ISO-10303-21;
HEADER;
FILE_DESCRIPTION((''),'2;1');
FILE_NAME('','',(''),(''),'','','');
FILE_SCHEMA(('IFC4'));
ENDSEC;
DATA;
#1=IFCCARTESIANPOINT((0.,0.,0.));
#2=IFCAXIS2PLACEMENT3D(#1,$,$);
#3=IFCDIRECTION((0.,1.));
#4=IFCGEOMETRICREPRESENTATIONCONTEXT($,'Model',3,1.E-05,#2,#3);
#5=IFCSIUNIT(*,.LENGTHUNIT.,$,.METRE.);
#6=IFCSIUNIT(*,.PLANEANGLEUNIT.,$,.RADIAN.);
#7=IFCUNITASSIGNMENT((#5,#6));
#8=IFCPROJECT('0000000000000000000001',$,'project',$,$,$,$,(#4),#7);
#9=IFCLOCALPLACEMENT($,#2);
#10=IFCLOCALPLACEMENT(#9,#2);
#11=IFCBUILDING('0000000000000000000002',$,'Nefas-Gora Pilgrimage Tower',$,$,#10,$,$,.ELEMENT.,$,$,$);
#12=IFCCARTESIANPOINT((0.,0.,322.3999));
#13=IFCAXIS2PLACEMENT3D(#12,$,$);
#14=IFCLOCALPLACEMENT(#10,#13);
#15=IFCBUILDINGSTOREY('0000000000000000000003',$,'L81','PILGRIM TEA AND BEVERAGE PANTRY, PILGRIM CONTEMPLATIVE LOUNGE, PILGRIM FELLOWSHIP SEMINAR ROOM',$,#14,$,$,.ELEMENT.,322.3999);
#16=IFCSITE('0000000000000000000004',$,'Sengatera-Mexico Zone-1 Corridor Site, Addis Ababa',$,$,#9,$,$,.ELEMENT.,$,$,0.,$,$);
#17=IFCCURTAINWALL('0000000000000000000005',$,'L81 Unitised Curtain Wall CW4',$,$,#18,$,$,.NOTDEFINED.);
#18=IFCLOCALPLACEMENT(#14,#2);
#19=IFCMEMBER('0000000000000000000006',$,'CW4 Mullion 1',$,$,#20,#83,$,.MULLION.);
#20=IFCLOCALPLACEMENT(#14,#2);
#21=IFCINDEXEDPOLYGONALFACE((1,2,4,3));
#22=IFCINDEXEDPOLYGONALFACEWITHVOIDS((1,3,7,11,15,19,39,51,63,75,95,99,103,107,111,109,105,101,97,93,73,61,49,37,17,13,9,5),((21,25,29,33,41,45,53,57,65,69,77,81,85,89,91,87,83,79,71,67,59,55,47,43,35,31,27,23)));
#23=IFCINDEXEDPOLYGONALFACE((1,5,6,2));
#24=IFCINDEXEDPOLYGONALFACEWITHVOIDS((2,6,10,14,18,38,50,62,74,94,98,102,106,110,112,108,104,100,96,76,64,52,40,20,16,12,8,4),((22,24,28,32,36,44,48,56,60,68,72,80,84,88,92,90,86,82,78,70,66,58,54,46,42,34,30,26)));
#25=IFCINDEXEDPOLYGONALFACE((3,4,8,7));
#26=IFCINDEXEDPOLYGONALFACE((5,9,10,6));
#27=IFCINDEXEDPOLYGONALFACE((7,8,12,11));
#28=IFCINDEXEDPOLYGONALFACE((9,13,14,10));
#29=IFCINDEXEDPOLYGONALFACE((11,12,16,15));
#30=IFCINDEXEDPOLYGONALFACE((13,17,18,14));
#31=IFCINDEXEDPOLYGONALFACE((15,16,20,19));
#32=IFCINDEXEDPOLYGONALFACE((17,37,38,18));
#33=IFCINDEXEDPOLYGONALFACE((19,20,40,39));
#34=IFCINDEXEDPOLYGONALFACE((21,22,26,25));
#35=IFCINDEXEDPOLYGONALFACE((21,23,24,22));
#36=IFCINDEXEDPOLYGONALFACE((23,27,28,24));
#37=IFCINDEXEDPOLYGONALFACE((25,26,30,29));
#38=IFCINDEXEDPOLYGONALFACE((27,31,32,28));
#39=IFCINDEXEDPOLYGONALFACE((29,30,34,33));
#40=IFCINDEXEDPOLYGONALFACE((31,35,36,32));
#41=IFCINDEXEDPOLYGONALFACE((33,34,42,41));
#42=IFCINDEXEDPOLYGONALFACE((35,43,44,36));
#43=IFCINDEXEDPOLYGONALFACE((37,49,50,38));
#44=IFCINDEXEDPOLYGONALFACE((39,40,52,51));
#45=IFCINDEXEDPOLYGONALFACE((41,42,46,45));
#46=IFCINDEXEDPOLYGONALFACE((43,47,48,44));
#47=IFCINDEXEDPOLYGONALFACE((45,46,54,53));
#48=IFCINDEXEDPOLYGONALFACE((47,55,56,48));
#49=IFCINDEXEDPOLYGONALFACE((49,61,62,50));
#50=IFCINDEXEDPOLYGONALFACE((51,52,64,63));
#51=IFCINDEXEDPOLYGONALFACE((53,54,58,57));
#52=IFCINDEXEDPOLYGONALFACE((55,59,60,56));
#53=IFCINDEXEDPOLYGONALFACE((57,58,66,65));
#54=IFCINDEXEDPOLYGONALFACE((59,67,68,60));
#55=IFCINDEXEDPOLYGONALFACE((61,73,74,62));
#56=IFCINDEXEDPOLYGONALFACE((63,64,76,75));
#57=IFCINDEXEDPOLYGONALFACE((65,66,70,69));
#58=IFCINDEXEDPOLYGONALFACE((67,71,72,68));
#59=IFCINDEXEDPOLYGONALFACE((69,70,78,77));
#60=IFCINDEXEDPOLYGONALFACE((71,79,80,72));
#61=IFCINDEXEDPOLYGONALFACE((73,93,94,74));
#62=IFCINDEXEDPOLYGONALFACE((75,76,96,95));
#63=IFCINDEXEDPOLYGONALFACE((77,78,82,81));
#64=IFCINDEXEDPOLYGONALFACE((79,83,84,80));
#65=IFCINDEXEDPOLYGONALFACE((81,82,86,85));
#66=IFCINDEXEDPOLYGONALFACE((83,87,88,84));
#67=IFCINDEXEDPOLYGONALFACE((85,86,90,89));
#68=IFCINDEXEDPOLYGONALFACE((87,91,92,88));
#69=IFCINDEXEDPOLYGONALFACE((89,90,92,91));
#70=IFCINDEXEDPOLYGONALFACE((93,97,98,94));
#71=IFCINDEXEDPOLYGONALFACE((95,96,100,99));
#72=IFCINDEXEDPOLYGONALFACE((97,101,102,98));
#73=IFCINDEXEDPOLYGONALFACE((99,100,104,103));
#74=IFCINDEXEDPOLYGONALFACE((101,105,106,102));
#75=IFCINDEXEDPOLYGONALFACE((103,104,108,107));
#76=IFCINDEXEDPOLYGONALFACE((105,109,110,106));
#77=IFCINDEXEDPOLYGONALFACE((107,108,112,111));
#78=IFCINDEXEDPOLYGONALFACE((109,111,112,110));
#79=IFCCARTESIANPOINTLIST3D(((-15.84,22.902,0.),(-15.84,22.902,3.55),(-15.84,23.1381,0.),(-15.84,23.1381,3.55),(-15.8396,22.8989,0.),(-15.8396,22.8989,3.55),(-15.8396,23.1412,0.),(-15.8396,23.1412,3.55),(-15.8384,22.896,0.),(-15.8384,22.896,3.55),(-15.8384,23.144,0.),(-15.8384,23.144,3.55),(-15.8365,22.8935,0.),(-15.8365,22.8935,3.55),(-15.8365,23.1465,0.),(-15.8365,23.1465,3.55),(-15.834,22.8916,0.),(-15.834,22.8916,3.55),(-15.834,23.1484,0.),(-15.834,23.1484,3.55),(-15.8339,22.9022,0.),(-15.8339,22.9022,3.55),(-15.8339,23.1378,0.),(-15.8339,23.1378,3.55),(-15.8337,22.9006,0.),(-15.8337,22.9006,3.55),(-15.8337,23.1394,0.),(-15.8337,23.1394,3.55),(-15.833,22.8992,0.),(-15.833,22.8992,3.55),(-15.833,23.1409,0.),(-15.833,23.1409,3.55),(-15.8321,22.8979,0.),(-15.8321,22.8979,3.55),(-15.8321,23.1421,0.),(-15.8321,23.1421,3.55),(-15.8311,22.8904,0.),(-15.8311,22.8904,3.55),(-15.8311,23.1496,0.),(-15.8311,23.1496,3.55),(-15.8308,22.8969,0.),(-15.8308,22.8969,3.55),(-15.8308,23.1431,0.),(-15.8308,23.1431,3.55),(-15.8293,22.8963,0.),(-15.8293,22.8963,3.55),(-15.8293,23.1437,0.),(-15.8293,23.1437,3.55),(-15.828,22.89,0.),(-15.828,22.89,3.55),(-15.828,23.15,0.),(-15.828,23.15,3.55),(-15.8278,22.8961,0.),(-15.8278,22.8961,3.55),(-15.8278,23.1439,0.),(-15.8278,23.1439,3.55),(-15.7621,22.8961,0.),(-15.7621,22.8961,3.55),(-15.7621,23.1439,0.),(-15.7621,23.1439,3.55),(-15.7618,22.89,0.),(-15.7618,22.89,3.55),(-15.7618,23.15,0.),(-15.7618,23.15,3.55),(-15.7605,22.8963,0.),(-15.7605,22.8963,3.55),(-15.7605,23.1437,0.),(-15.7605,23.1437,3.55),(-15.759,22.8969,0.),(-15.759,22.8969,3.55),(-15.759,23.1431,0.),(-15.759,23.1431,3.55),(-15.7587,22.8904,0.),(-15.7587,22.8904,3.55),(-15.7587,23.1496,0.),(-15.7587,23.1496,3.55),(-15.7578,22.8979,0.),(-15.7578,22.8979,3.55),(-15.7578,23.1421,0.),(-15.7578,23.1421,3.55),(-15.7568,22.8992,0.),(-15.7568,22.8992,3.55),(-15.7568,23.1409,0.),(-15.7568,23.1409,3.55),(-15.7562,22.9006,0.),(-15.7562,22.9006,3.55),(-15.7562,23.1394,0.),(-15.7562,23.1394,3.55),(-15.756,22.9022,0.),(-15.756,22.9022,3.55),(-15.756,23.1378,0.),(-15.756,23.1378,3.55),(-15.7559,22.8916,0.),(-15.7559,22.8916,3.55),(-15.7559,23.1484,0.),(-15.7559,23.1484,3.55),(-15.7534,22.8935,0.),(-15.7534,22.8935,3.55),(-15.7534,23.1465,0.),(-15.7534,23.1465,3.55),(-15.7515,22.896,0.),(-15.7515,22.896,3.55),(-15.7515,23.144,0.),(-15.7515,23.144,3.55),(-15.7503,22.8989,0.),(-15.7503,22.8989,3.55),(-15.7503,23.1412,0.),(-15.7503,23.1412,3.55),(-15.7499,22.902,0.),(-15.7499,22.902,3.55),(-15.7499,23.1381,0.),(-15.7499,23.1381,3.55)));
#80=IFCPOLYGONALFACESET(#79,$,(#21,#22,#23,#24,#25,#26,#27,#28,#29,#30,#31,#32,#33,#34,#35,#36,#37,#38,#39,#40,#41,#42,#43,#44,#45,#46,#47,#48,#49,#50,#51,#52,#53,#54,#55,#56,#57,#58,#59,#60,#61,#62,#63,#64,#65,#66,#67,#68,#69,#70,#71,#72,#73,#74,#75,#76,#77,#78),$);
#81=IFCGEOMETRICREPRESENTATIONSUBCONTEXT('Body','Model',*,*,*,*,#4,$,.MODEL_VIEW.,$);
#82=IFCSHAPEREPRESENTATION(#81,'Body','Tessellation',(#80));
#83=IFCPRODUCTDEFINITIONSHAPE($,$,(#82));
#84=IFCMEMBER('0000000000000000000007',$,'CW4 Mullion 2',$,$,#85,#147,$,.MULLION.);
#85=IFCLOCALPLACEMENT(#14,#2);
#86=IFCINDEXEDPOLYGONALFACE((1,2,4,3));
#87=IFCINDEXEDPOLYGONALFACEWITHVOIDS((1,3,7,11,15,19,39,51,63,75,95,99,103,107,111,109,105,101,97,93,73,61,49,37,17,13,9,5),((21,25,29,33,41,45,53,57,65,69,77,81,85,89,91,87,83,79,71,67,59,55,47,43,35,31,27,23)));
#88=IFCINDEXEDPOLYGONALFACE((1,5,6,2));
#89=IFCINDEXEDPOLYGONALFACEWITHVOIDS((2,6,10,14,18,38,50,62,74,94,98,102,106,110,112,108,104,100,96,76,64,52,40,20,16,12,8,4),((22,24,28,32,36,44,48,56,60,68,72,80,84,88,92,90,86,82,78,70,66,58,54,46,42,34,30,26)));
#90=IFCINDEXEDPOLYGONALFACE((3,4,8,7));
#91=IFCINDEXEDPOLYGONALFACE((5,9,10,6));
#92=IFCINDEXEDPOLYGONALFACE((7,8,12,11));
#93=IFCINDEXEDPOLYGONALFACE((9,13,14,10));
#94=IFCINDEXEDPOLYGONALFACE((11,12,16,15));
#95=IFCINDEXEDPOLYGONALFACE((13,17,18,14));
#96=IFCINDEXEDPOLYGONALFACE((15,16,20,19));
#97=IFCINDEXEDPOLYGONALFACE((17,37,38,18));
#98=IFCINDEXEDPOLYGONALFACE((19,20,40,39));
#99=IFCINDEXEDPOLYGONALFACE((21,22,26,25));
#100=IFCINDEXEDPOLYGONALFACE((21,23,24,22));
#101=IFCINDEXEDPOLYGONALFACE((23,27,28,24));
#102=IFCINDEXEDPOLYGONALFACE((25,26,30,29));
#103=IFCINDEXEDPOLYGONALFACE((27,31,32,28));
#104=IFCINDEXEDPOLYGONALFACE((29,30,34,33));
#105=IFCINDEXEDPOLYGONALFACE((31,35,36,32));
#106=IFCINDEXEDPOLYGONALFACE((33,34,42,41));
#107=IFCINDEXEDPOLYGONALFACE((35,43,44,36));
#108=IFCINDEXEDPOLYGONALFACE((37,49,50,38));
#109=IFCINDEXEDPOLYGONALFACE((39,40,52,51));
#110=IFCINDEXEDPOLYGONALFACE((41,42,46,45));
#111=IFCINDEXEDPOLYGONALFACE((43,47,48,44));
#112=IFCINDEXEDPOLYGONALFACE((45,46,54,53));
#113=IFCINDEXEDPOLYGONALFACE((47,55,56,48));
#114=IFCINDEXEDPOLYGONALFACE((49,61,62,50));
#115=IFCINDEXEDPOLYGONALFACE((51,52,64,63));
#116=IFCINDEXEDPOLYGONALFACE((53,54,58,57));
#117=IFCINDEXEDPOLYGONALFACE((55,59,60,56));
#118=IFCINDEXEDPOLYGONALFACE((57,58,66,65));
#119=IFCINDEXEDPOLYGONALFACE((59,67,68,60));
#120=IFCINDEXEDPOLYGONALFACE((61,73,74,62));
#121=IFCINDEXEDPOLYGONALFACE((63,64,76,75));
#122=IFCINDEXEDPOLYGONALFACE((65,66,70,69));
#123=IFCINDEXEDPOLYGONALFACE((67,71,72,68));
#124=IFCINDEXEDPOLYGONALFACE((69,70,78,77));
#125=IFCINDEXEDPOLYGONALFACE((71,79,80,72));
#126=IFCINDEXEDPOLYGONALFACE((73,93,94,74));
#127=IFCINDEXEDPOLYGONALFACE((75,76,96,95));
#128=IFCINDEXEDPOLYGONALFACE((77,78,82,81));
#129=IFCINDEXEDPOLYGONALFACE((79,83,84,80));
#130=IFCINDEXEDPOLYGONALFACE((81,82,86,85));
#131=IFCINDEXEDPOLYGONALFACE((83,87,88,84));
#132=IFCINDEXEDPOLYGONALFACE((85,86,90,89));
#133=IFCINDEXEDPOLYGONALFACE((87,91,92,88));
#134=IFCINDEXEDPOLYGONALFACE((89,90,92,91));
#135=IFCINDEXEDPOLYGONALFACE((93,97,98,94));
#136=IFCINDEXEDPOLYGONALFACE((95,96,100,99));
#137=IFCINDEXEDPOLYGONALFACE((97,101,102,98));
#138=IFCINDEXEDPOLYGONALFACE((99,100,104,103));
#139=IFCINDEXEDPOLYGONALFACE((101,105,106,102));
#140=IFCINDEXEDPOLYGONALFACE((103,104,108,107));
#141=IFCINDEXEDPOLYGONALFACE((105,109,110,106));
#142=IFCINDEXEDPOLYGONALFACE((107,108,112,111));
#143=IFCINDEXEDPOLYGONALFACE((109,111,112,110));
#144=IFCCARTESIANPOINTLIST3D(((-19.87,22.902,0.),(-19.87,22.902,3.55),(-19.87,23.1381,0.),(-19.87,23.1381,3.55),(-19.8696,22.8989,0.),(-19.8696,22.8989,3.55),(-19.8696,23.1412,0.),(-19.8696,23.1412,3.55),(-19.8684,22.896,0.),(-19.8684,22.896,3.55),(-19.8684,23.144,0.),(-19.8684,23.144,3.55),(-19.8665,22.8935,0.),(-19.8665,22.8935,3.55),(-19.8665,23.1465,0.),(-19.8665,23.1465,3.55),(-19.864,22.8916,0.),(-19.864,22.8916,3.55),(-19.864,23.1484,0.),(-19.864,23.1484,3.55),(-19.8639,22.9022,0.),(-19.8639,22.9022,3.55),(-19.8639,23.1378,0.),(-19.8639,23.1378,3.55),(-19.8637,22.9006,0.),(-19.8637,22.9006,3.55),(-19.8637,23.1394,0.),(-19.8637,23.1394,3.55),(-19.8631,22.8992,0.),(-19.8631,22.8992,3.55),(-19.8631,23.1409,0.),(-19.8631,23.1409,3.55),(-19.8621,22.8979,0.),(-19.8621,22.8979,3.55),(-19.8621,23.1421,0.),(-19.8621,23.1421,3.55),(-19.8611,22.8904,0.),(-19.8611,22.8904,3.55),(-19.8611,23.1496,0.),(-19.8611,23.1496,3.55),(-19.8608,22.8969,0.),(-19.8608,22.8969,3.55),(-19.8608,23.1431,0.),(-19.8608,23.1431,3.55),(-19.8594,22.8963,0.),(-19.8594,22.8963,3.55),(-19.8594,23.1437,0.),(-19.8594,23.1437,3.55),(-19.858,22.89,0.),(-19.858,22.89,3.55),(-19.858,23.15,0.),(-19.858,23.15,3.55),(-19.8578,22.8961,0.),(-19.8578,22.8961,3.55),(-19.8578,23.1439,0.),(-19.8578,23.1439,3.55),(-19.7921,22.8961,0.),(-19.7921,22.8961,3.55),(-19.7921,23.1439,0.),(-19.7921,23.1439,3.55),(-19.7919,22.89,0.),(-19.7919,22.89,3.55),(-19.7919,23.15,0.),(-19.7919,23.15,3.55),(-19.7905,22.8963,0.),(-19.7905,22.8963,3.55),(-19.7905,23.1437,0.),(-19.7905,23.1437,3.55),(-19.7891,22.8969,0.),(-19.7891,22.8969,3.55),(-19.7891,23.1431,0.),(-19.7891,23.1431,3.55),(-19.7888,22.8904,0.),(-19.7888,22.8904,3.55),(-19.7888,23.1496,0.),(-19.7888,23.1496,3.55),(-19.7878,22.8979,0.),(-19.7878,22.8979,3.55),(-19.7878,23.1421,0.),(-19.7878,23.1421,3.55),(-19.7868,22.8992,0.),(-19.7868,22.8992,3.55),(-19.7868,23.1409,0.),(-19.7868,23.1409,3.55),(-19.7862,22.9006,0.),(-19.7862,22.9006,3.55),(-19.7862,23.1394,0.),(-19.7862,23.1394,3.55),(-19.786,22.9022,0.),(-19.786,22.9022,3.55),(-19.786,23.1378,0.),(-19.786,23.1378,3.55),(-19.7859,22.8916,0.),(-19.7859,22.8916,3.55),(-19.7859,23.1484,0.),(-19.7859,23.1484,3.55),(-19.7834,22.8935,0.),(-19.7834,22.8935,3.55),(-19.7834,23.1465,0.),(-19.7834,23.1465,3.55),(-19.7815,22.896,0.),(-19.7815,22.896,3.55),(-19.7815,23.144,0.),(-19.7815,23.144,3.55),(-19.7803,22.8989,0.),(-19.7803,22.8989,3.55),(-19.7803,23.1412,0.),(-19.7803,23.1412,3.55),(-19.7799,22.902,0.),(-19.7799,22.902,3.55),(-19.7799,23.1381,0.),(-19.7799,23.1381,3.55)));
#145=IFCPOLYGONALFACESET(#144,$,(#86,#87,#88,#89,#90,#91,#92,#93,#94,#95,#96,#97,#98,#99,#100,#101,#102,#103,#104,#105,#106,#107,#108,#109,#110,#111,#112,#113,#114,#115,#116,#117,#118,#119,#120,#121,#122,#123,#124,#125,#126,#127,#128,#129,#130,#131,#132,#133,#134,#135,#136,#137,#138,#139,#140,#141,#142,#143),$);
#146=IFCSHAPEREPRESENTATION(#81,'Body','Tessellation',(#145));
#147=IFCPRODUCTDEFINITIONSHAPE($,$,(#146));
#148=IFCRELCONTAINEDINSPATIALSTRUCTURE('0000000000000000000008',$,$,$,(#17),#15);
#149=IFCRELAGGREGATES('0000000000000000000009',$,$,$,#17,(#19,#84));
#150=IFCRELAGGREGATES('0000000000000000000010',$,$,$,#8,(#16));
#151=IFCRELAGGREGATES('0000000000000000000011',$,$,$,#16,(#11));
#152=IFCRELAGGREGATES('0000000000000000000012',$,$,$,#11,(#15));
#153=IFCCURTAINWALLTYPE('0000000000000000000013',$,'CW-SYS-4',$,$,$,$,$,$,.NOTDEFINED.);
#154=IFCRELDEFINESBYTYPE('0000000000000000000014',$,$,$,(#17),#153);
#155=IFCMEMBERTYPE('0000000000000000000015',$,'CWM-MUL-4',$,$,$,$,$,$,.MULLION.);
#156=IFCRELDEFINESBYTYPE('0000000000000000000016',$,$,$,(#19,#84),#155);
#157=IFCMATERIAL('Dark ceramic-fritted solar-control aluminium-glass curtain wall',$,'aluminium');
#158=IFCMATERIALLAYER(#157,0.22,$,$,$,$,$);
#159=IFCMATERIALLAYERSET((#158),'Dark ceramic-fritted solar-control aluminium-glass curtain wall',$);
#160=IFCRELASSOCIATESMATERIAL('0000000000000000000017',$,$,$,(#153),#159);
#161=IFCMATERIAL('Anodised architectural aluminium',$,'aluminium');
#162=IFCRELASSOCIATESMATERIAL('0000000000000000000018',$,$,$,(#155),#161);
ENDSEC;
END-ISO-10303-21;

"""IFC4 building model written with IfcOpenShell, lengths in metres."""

from ifc_helpers import new_model, si_unit, direction, frame, origin, origin_2d, place, context, subcontext, project, spatial, hollow_rectangle, extrude, source, transform, mapped, material, layer, layer_set, material_profile, profile_set, type_object, element, aggregate, save


model = new_model("IFC4")

# Units and contexts
model_context = context("Model", 3, precision=1e-05, world=origin(), true_north=direction((0.0, 1.0)))
body_context = subcontext(model_context, "Body", "Model", "MODEL_VIEW")
ifc_project = project(units=[si_unit("LENGTHUNIT", "METRE"), si_unit("PLANEANGLEUNIT", "RADIAN")], contexts=[model_context])

# Site, building, storey
site_placement = place(None, origin())
site = spatial("IfcSite", under=ifc_project, at=site_placement, Name="Sengatera-Mexico Zone-1 Corridor Site, Addis Ababa", CompositionType="ELEMENT", RefElevation=0.0)
building_placement = place(site_placement, origin())
building = spatial("IfcBuilding", under=site, at=building_placement, Name="Nefas-Gora Pilgrimage Tower", CompositionType="ELEMENT")
storey_placement = place(building_placement, frame((0.0, 0.0, 322.3999)))
storey = spatial("IfcBuildingStorey", under=building, at=storey_placement, Name="L81", Description="PILGRIM TEA AND BEVERAGE PANTRY, PILGRIM CONTEMPLATIVE LOUNGE, PILGRIM FELLOWSHIP SEMINAR ROOM", CompositionType="ELEMENT", Elevation=322.3999)

# Shared definitions
ifc_material_1 = material(Name="Dark ceramic-fritted solar-control aluminium-glass curtain wall", Category="aluminium")
ifc_material_2 = material(Name="Anodised architectural aluminium", Category="aluminium")
ifc_layer_1 = layer(ifc_material_1, 0.22)
ifc_layer_set_1 = layer_set([ifc_layer_1], Name="Dark ceramic-fritted solar-control aluminium-glass curtain wall")
curtain_wall_type_1 = type_object("IfcCurtainWallType", Name="CW-SYS-4", PredefinedType="NOTDEFINED", material=ifc_layer_set_1)

# Curtain wall, members
curtain_wall_1_placement = place(storey_placement, origin())
curtain_wall_1 = element("IfcCurtainWall", 1, at=curtain_wall_1_placement, inside=storey, type_object=curtain_wall_type_1, Name="L81 Unitised Curtain Wall CW4", PredefinedType="NOTDEFINED")
ifc_material_profile_1 = material_profile(ifc_material_2, hollow_rectangle(XDim=0.0901, YDim=0.26, WallThickness=0.0061, InnerFilletRadius=0.0061, OuterFilletRadius=0.012, at=origin_2d()), Name="ALU MULLION 90x260")
ifc_profile_set_1 = profile_set([ifc_material_profile_1], Name="Anodised architectural aluminium")
member_type_1 = type_object("IfcMemberType", Name="CWM-MUL-4", PredefinedType="MULLION", material=ifc_profile_set_1)
shared_shape_1 = source(origin(), body_context, "Body", "SweptSolid", [
    extrude(hollow_rectangle(XDim=0.0901, YDim=0.26, WallThickness=0.0061, InnerFilletRadius=0.0061, OuterFilletRadius=0.012, at=origin_2d()), origin(), (0.0, 0.0, 1.0), 3.55),
])
member_1_placement = place(storey_placement, frame((-15.7949, 23.02, 0.0), z_axis=(0.0, 0.0, 1.0), x_axis=(-1.0, 0.0, 0.0)))
member_1 = element("IfcMember", 2, at=member_1_placement, type_object=member_type_1, Name="CW4 Mullion 1", PredefinedType="MULLION", context=body_context, shape_type="MappedRepresentation", body=[
    mapped(shared_shape_1, transform((0.0, 0.0, 0.0), x_axis=(1.0, 0.0, 0.0), y_axis=(0.0, 1.0, 0.0), z_axis=(0.0, 0.0, 1.0), scale=1.0)),
])
member_2_placement = place(storey_placement, frame((-19.825, 23.02, 0.0), z_axis=(0.0, 0.0, 1.0), x_axis=(-1.0, 0.0, 0.0)))
member_2 = element("IfcMember", 3, at=member_2_placement, type_object=member_type_1, Name="CW4 Mullion 2", PredefinedType="MULLION", context=body_context, shape_type="MappedRepresentation", body=[
    mapped(shared_shape_1, transform((0.0, 0.0, 0.0), x_axis=(1.0, 0.0, 0.0), y_axis=(0.0, 1.0, 0.0), z_axis=(0.0, 0.0, 1.0), scale=1.0)),
])

aggregate(curtain_wall_1, [member_1, member_2])

save(model, "model.ifc")
